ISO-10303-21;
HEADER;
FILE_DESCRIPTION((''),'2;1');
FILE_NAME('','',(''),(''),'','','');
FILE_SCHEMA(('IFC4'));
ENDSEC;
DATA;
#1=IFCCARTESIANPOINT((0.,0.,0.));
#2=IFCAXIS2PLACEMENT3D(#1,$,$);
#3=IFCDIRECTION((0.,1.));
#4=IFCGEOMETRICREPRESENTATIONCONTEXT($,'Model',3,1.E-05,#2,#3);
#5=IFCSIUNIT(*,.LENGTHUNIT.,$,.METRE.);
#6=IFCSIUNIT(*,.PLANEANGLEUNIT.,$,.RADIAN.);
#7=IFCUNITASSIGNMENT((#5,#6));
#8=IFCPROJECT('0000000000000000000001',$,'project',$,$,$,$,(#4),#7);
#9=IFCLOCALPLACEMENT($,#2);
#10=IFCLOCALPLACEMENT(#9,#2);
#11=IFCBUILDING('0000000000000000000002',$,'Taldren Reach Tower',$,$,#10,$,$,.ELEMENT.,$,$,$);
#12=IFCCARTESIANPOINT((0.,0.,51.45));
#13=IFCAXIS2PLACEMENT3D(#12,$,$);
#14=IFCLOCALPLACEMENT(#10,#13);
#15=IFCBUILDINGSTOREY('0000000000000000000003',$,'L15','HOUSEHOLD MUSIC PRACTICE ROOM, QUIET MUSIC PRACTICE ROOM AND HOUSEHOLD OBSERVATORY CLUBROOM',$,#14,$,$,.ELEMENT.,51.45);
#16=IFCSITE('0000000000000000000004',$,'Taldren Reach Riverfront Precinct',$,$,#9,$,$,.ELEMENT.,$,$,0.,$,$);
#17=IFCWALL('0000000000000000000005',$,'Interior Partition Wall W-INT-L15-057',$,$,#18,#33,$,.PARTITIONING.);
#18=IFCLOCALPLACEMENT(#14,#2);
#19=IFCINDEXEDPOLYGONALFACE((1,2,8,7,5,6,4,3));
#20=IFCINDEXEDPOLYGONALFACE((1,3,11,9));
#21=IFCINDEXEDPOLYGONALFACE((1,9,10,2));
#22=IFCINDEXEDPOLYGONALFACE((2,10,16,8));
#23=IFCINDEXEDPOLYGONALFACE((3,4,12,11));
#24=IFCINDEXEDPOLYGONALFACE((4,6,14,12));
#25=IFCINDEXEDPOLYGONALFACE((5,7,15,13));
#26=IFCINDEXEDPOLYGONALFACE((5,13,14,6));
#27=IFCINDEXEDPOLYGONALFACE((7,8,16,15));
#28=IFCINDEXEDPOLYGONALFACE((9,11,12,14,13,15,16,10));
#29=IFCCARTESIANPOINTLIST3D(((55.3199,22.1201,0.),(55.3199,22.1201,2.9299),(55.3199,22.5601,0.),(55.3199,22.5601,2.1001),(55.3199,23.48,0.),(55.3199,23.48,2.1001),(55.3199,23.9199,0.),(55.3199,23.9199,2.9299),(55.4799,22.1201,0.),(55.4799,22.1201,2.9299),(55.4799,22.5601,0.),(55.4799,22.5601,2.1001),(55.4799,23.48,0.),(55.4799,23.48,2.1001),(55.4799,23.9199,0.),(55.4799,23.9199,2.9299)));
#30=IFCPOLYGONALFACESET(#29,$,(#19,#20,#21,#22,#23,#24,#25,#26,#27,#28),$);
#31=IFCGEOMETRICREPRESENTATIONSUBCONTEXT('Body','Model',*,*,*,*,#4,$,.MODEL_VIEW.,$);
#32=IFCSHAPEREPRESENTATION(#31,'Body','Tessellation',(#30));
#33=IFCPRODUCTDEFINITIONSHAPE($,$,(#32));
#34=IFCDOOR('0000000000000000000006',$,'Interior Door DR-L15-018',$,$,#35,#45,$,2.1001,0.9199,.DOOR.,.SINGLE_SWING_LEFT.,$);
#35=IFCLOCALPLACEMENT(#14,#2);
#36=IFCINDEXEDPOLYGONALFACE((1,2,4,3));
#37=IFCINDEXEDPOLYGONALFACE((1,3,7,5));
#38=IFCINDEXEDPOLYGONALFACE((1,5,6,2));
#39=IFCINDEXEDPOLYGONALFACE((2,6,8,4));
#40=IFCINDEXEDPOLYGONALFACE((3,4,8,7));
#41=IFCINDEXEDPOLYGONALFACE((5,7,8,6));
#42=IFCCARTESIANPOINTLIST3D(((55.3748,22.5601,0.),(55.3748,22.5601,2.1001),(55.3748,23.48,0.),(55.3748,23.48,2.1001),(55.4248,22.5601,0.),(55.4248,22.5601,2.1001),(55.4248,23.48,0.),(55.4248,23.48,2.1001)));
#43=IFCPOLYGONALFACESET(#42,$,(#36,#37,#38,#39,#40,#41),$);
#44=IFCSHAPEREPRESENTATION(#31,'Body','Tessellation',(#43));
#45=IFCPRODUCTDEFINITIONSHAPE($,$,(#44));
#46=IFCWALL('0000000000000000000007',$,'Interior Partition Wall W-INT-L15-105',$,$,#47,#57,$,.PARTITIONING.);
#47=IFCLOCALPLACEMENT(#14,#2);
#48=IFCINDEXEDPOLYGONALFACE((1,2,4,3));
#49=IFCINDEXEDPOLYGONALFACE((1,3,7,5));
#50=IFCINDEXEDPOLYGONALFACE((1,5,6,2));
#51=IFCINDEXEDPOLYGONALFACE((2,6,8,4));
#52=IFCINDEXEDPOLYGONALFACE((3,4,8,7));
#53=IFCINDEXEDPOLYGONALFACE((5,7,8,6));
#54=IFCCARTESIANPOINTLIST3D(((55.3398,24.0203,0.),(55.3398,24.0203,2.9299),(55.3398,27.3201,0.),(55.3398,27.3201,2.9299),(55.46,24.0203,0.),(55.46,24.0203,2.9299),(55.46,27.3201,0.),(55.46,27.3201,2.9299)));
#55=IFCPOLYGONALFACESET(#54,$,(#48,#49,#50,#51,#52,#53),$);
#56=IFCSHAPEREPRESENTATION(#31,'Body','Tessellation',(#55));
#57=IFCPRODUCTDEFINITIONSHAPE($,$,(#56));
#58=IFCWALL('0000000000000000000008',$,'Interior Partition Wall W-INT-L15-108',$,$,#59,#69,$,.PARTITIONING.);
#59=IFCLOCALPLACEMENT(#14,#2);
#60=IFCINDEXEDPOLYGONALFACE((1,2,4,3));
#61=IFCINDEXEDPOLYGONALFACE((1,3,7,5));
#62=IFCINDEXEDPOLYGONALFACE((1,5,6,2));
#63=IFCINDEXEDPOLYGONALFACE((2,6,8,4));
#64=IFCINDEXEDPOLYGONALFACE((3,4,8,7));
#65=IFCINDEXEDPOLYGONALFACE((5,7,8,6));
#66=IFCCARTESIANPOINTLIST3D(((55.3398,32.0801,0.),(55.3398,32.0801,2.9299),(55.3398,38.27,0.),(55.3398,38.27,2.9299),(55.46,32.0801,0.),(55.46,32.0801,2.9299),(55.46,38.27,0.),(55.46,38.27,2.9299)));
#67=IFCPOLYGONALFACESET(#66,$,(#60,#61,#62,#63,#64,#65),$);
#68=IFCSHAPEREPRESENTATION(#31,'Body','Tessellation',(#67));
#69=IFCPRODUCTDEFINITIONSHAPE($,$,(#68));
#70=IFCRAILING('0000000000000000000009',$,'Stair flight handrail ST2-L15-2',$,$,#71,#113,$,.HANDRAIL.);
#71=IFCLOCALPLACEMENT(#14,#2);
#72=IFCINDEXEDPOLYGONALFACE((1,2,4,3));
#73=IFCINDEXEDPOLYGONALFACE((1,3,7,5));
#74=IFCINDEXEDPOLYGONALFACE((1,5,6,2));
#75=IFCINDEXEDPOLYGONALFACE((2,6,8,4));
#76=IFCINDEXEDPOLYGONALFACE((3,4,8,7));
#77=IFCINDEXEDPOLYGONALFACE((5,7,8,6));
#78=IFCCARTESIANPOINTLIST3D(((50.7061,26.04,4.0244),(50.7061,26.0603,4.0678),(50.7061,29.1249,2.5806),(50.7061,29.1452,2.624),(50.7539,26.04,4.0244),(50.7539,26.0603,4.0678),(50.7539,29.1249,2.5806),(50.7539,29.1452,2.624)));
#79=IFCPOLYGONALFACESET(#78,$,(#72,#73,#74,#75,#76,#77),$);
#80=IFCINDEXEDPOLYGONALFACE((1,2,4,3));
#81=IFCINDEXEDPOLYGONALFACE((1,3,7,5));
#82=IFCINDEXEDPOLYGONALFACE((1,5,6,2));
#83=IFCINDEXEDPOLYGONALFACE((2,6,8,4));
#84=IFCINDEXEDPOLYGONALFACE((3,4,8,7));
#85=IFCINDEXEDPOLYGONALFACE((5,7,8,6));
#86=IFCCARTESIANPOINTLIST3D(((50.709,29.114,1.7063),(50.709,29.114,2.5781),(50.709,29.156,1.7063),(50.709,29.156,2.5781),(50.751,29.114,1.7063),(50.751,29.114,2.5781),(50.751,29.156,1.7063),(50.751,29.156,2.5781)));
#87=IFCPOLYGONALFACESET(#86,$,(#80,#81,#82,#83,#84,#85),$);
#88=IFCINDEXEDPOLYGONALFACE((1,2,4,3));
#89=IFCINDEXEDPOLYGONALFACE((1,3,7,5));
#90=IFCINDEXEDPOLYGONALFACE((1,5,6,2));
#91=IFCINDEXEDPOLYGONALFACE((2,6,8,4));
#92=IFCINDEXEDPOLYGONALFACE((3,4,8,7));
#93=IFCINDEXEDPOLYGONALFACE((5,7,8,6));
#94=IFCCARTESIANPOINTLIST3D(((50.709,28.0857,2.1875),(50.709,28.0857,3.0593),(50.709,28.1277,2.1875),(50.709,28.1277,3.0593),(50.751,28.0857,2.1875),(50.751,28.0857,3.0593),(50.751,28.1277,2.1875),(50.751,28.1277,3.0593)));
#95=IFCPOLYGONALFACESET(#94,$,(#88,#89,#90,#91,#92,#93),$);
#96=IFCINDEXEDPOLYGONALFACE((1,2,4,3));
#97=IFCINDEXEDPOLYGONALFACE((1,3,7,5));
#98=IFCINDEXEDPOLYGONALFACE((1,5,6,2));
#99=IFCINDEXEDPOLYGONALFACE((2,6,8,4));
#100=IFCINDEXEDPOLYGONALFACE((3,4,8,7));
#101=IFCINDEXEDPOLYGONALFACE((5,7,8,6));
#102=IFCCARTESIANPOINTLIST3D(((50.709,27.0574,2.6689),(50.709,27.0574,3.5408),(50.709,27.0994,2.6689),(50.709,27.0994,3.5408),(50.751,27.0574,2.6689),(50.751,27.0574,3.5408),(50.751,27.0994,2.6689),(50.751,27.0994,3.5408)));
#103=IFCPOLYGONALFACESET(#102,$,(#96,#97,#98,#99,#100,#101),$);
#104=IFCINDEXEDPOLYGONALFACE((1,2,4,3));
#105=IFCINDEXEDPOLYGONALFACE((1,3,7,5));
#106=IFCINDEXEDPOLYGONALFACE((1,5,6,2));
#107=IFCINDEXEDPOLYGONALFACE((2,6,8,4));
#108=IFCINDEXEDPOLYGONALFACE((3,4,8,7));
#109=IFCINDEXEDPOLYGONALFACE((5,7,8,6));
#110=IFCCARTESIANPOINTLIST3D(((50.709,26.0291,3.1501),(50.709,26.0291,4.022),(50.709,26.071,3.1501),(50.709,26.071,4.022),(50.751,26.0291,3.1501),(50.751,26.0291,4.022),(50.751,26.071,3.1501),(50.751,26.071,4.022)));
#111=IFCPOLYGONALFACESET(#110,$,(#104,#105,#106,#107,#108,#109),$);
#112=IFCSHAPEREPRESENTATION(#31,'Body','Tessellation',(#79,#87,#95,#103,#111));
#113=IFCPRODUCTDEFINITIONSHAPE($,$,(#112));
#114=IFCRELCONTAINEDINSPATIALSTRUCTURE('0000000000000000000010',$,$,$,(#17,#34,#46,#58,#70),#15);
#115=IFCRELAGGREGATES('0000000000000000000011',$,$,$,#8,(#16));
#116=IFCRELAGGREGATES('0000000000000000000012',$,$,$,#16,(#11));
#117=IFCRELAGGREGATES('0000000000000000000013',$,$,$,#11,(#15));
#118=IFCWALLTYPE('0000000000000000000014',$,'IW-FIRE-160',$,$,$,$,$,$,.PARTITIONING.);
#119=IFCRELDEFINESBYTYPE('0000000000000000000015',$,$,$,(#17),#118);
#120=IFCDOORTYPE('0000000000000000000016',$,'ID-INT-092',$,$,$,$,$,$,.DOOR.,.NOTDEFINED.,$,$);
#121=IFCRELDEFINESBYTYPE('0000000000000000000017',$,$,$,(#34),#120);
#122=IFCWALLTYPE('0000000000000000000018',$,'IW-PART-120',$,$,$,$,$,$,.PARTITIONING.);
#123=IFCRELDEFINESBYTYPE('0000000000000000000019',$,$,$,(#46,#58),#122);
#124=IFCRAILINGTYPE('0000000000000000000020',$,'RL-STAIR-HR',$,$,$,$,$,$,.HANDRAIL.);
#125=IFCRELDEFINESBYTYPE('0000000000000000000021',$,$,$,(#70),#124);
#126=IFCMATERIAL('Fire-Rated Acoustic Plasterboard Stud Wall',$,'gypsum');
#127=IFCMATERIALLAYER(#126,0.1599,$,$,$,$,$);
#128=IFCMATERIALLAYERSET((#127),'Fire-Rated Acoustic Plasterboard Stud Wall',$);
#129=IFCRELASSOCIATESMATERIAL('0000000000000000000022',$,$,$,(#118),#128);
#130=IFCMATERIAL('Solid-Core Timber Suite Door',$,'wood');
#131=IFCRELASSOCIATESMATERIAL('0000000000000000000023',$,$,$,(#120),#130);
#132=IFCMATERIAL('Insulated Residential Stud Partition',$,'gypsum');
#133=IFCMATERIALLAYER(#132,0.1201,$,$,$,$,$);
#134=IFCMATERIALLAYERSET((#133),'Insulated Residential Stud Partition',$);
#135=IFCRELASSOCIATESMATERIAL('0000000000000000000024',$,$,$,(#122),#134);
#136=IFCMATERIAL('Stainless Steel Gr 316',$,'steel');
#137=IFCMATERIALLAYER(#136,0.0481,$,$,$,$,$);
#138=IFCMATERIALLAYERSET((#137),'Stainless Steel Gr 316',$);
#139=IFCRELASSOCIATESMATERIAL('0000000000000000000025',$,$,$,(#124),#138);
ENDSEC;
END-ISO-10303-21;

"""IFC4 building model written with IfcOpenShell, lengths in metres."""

from ifc_helpers import new_model, si_unit, direction, frame, frame_2d, origin, origin_2d, place, context, subcontext, project, spatial, rectangle, extrude, source, transform, mapped, material, layer, layer_set, type_object, element, fill, save


model = new_model("IFC4")

# Units and contexts
model_context = context("Model", 3, precision=1e-05, world=origin(), true_north=direction((0.0, 1.0)))
body_context = subcontext(model_context, "Body", "Model", "MODEL_VIEW")
ifc_project = project(units=[si_unit("LENGTHUNIT", "METRE"), si_unit("PLANEANGLEUNIT", "RADIAN")], contexts=[model_context])

# Site, building, storey
site_placement = place(None, origin())
site = spatial("IfcSite", under=ifc_project, at=site_placement, Name="Taldren Reach Riverfront Precinct", CompositionType="ELEMENT", RefElevation=0.0)
building_placement = place(site_placement, origin())
building = spatial("IfcBuilding", under=site, at=building_placement, Name="Taldren Reach Tower", CompositionType="ELEMENT")
storey_placement = place(building_placement, frame((0.0, 0.0, 51.45)))
storey = spatial("IfcBuildingStorey", under=building, at=storey_placement, Name="L15", Description="HOUSEHOLD MUSIC PRACTICE ROOM, QUIET MUSIC PRACTICE ROOM AND HOUSEHOLD OBSERVATORY CLUBROOM", CompositionType="ELEMENT", Elevation=51.45)

# Shared definitions
ifc_material_1 = material(Name="Fire-Rated Acoustic Plasterboard Stud Wall", Category="gypsum")
ifc_layer_1 = layer(ifc_material_1, 0.1599)
ifc_layer_set_1 = layer_set([ifc_layer_1], Name="Fire-Rated Acoustic Plasterboard Stud Wall")
wall_type_1 = type_object("IfcWallType", Name="IW-FIRE-160", PredefinedType="PARTITIONING", material=ifc_layer_set_1)

# Shared definitions
shared_shape_1 = source(origin(), body_context, "Body", "SweptSolid", [
    extrude(rectangle(XDim=0.9199, YDim=2.1001, at=frame_2d((0.46, 1.05))), frame((0.0, 0.0898, 0.0), z_axis=(0.0, -1.0, 0.0), x_axis=(1.0, 0.0, 0.0)), (0.0, 0.0, 1.0), 0.1799),
])
ifc_material_2 = material(Name="Solid-Core Timber Suite Door", Category="wood")
door_type_1 = type_object("IfcDoorType", Name="ID-INT-092", OperationType="NOTDEFINED", PredefinedType="DOOR", material=ifc_material_2)
shared_shape_2 = source(origin(), body_context, "Body", "SweptSolid", [
    extrude(rectangle(XDim=0.9199, YDim=2.1001, at=frame_2d((0.46, 1.05))), frame((0.0, 0.0249, 0.0), z_axis=(0.0, -1.0, 0.0), x_axis=(1.0, 0.0, 0.0)), (0.0, 0.0, 1.0), 0.05),
])

# Shared definitions
ifc_material_3 = material(Name="Insulated Residential Stud Partition", Category="gypsum")
ifc_layer_2 = layer(ifc_material_3, 0.1201)
ifc_layer_set_2 = layer_set([ifc_layer_2], Name="Insulated Residential Stud Partition")
wall_type_2 = type_object("IfcWallType", Name="IW-PART-120", PredefinedType="PARTITIONING", material=ifc_layer_set_2)

# Wall, opening, door
shared_shape_3 = source(origin(), body_context, "Body", "SweptSolid", [
    extrude(rectangle(XDim=1.7998, YDim=0.1599, at=frame_2d((0.8999, 0.0))), origin(), (0.0, 0.0, 1.0), 2.9299),
])
wall_1_placement = place(storey_placement, frame((55.3999, 23.9199, 0.0), z_axis=(0.0, 0.0, 1.0), x_axis=(0.0, -1.0, 0.0)))
wall_1 = element("IfcWall", 1, at=wall_1_placement, inside=storey, type_object=wall_type_1, Name="Interior Partition Wall W-INT-L15-057", PredefinedType="PARTITIONING", context=body_context, shape_type="MappedRepresentation", body=[
    mapped(shared_shape_3, transform((0.0, 0.0, 0.0), scale=1.0)),
])
opening_1_placement = place(wall_1_placement, frame((0.4399, 0.0, 0.0)))
opening_1 = element("IfcOpeningElement", 2, at=opening_1_placement, cuts=wall_1, PredefinedType="OPENING", context=body_context, shape_type="MappedRepresentation", body=[
    mapped(shared_shape_1, transform((0.0, 0.0, 0.0), scale=1.0)),
])
door_1_placement = place(opening_1_placement, origin())
door_1 = element("IfcDoor", 3, at=door_1_placement, inside=storey, type_object=door_type_1, Name="Interior Door DR-L15-018", OperationType="SINGLE_SWING_LEFT", OverallHeight=2.1001, OverallWidth=0.9199, PredefinedType="DOOR", context=body_context, shape_type="MappedRepresentation", body=[
    mapped(shared_shape_2, transform((0.0, 0.0, 0.0), scale=1.0)),
])
fill(opening_1, door_1)

# Walls
shared_shape_4 = source(origin(), body_context, "Body", "SweptSolid", [
    extrude(rectangle(XDim=3.2998, YDim=0.1201, at=frame_2d((1.6499, 0.0))), origin(), (0.0, 0.0, 1.0), 2.9299),
])
wall_2_placement = place(storey_placement, frame((55.3999, 24.0203, 0.0), z_axis=(0.0, 0.0, 1.0), x_axis=(0.0, 1.0, 0.0)))
element("IfcWall", 4, at=wall_2_placement, inside=storey, type_object=wall_type_2, Name="Interior Partition Wall W-INT-L15-105", PredefinedType="PARTITIONING", context=body_context, shape_type="MappedRepresentation", body=[
    mapped(shared_shape_4, transform((0.0, 0.0, 0.0), scale=1.0)),
])
shared_shape_5 = source(origin(), body_context, "Body", "SweptSolid", [
    extrude(rectangle(XDim=6.1899, YDim=0.1201, at=frame_2d((3.095, 0.0))), origin(), (0.0, 0.0, 1.0), 2.9299),
])
wall_3_placement = place(storey_placement, frame((55.3999, 32.0801, 0.0), z_axis=(0.0, 0.0, 1.0), x_axis=(0.0, 1.0, 0.0)))
element("IfcWall", 5, at=wall_3_placement, inside=storey, type_object=wall_type_2, Name="Interior Partition Wall W-INT-L15-108", PredefinedType="PARTITIONING", context=body_context, shape_type="MappedRepresentation", body=[
    mapped(shared_shape_5, transform((0.0, 0.0, 0.0), scale=1.0)),
])

# Railing
ifc_material_4 = material(Name="Stainless Steel Gr 316", Category="steel")
ifc_layer_3 = layer(ifc_material_4, 0.0481)
ifc_layer_set_3 = layer_set([ifc_layer_3], Name="Stainless Steel Gr 316")
railing_type = type_object("IfcRailingType", Name="RL-STAIR-HR", PredefinedType="HANDRAIL", material=ifc_layer_set_3)
railing_placement = place(storey_placement, frame((50.73, 29.135, 1.7063)))
element("IfcRailing", 6, at=railing_placement, inside=storey, type_object=railing_type, Name="Stair flight handrail ST2-L15-2", PredefinedType="HANDRAIL", context=body_context, shape_type="SweptSolid", body=[
    extrude(rectangle(XDim=0.0479, YDim=0.0479, at=origin_2d()), frame((0.0, 0.0, 0.896), z_axis=(0.0, -0.90571, 0.423898), x_axis=(1.0, 0.0, 0.0)), (0.0, 0.0, 1.0), 3.406),
    extrude(rectangle(XDim=0.042, YDim=0.042, at=origin_2d()), origin(), (0.0, 0.0, 1.0), 0.8718),
    extrude(rectangle(XDim=0.042, YDim=0.042, at=origin_2d()), frame((0.0, -1.0283, 0.4812)), (0.0, 0.0, 1.0), 0.8718),
    extrude(rectangle(XDim=0.042, YDim=0.042, at=origin_2d()), frame((0.0, -2.0566, 0.9626)), (0.0, 0.0, 1.0), 0.8718),
    extrude(rectangle(XDim=0.042, YDim=0.042, at=origin_2d()), frame((0.0, -3.085, 1.4438)), (0.0, 0.0, 1.0), 0.8718),
])

save(model, "model.ifc")
